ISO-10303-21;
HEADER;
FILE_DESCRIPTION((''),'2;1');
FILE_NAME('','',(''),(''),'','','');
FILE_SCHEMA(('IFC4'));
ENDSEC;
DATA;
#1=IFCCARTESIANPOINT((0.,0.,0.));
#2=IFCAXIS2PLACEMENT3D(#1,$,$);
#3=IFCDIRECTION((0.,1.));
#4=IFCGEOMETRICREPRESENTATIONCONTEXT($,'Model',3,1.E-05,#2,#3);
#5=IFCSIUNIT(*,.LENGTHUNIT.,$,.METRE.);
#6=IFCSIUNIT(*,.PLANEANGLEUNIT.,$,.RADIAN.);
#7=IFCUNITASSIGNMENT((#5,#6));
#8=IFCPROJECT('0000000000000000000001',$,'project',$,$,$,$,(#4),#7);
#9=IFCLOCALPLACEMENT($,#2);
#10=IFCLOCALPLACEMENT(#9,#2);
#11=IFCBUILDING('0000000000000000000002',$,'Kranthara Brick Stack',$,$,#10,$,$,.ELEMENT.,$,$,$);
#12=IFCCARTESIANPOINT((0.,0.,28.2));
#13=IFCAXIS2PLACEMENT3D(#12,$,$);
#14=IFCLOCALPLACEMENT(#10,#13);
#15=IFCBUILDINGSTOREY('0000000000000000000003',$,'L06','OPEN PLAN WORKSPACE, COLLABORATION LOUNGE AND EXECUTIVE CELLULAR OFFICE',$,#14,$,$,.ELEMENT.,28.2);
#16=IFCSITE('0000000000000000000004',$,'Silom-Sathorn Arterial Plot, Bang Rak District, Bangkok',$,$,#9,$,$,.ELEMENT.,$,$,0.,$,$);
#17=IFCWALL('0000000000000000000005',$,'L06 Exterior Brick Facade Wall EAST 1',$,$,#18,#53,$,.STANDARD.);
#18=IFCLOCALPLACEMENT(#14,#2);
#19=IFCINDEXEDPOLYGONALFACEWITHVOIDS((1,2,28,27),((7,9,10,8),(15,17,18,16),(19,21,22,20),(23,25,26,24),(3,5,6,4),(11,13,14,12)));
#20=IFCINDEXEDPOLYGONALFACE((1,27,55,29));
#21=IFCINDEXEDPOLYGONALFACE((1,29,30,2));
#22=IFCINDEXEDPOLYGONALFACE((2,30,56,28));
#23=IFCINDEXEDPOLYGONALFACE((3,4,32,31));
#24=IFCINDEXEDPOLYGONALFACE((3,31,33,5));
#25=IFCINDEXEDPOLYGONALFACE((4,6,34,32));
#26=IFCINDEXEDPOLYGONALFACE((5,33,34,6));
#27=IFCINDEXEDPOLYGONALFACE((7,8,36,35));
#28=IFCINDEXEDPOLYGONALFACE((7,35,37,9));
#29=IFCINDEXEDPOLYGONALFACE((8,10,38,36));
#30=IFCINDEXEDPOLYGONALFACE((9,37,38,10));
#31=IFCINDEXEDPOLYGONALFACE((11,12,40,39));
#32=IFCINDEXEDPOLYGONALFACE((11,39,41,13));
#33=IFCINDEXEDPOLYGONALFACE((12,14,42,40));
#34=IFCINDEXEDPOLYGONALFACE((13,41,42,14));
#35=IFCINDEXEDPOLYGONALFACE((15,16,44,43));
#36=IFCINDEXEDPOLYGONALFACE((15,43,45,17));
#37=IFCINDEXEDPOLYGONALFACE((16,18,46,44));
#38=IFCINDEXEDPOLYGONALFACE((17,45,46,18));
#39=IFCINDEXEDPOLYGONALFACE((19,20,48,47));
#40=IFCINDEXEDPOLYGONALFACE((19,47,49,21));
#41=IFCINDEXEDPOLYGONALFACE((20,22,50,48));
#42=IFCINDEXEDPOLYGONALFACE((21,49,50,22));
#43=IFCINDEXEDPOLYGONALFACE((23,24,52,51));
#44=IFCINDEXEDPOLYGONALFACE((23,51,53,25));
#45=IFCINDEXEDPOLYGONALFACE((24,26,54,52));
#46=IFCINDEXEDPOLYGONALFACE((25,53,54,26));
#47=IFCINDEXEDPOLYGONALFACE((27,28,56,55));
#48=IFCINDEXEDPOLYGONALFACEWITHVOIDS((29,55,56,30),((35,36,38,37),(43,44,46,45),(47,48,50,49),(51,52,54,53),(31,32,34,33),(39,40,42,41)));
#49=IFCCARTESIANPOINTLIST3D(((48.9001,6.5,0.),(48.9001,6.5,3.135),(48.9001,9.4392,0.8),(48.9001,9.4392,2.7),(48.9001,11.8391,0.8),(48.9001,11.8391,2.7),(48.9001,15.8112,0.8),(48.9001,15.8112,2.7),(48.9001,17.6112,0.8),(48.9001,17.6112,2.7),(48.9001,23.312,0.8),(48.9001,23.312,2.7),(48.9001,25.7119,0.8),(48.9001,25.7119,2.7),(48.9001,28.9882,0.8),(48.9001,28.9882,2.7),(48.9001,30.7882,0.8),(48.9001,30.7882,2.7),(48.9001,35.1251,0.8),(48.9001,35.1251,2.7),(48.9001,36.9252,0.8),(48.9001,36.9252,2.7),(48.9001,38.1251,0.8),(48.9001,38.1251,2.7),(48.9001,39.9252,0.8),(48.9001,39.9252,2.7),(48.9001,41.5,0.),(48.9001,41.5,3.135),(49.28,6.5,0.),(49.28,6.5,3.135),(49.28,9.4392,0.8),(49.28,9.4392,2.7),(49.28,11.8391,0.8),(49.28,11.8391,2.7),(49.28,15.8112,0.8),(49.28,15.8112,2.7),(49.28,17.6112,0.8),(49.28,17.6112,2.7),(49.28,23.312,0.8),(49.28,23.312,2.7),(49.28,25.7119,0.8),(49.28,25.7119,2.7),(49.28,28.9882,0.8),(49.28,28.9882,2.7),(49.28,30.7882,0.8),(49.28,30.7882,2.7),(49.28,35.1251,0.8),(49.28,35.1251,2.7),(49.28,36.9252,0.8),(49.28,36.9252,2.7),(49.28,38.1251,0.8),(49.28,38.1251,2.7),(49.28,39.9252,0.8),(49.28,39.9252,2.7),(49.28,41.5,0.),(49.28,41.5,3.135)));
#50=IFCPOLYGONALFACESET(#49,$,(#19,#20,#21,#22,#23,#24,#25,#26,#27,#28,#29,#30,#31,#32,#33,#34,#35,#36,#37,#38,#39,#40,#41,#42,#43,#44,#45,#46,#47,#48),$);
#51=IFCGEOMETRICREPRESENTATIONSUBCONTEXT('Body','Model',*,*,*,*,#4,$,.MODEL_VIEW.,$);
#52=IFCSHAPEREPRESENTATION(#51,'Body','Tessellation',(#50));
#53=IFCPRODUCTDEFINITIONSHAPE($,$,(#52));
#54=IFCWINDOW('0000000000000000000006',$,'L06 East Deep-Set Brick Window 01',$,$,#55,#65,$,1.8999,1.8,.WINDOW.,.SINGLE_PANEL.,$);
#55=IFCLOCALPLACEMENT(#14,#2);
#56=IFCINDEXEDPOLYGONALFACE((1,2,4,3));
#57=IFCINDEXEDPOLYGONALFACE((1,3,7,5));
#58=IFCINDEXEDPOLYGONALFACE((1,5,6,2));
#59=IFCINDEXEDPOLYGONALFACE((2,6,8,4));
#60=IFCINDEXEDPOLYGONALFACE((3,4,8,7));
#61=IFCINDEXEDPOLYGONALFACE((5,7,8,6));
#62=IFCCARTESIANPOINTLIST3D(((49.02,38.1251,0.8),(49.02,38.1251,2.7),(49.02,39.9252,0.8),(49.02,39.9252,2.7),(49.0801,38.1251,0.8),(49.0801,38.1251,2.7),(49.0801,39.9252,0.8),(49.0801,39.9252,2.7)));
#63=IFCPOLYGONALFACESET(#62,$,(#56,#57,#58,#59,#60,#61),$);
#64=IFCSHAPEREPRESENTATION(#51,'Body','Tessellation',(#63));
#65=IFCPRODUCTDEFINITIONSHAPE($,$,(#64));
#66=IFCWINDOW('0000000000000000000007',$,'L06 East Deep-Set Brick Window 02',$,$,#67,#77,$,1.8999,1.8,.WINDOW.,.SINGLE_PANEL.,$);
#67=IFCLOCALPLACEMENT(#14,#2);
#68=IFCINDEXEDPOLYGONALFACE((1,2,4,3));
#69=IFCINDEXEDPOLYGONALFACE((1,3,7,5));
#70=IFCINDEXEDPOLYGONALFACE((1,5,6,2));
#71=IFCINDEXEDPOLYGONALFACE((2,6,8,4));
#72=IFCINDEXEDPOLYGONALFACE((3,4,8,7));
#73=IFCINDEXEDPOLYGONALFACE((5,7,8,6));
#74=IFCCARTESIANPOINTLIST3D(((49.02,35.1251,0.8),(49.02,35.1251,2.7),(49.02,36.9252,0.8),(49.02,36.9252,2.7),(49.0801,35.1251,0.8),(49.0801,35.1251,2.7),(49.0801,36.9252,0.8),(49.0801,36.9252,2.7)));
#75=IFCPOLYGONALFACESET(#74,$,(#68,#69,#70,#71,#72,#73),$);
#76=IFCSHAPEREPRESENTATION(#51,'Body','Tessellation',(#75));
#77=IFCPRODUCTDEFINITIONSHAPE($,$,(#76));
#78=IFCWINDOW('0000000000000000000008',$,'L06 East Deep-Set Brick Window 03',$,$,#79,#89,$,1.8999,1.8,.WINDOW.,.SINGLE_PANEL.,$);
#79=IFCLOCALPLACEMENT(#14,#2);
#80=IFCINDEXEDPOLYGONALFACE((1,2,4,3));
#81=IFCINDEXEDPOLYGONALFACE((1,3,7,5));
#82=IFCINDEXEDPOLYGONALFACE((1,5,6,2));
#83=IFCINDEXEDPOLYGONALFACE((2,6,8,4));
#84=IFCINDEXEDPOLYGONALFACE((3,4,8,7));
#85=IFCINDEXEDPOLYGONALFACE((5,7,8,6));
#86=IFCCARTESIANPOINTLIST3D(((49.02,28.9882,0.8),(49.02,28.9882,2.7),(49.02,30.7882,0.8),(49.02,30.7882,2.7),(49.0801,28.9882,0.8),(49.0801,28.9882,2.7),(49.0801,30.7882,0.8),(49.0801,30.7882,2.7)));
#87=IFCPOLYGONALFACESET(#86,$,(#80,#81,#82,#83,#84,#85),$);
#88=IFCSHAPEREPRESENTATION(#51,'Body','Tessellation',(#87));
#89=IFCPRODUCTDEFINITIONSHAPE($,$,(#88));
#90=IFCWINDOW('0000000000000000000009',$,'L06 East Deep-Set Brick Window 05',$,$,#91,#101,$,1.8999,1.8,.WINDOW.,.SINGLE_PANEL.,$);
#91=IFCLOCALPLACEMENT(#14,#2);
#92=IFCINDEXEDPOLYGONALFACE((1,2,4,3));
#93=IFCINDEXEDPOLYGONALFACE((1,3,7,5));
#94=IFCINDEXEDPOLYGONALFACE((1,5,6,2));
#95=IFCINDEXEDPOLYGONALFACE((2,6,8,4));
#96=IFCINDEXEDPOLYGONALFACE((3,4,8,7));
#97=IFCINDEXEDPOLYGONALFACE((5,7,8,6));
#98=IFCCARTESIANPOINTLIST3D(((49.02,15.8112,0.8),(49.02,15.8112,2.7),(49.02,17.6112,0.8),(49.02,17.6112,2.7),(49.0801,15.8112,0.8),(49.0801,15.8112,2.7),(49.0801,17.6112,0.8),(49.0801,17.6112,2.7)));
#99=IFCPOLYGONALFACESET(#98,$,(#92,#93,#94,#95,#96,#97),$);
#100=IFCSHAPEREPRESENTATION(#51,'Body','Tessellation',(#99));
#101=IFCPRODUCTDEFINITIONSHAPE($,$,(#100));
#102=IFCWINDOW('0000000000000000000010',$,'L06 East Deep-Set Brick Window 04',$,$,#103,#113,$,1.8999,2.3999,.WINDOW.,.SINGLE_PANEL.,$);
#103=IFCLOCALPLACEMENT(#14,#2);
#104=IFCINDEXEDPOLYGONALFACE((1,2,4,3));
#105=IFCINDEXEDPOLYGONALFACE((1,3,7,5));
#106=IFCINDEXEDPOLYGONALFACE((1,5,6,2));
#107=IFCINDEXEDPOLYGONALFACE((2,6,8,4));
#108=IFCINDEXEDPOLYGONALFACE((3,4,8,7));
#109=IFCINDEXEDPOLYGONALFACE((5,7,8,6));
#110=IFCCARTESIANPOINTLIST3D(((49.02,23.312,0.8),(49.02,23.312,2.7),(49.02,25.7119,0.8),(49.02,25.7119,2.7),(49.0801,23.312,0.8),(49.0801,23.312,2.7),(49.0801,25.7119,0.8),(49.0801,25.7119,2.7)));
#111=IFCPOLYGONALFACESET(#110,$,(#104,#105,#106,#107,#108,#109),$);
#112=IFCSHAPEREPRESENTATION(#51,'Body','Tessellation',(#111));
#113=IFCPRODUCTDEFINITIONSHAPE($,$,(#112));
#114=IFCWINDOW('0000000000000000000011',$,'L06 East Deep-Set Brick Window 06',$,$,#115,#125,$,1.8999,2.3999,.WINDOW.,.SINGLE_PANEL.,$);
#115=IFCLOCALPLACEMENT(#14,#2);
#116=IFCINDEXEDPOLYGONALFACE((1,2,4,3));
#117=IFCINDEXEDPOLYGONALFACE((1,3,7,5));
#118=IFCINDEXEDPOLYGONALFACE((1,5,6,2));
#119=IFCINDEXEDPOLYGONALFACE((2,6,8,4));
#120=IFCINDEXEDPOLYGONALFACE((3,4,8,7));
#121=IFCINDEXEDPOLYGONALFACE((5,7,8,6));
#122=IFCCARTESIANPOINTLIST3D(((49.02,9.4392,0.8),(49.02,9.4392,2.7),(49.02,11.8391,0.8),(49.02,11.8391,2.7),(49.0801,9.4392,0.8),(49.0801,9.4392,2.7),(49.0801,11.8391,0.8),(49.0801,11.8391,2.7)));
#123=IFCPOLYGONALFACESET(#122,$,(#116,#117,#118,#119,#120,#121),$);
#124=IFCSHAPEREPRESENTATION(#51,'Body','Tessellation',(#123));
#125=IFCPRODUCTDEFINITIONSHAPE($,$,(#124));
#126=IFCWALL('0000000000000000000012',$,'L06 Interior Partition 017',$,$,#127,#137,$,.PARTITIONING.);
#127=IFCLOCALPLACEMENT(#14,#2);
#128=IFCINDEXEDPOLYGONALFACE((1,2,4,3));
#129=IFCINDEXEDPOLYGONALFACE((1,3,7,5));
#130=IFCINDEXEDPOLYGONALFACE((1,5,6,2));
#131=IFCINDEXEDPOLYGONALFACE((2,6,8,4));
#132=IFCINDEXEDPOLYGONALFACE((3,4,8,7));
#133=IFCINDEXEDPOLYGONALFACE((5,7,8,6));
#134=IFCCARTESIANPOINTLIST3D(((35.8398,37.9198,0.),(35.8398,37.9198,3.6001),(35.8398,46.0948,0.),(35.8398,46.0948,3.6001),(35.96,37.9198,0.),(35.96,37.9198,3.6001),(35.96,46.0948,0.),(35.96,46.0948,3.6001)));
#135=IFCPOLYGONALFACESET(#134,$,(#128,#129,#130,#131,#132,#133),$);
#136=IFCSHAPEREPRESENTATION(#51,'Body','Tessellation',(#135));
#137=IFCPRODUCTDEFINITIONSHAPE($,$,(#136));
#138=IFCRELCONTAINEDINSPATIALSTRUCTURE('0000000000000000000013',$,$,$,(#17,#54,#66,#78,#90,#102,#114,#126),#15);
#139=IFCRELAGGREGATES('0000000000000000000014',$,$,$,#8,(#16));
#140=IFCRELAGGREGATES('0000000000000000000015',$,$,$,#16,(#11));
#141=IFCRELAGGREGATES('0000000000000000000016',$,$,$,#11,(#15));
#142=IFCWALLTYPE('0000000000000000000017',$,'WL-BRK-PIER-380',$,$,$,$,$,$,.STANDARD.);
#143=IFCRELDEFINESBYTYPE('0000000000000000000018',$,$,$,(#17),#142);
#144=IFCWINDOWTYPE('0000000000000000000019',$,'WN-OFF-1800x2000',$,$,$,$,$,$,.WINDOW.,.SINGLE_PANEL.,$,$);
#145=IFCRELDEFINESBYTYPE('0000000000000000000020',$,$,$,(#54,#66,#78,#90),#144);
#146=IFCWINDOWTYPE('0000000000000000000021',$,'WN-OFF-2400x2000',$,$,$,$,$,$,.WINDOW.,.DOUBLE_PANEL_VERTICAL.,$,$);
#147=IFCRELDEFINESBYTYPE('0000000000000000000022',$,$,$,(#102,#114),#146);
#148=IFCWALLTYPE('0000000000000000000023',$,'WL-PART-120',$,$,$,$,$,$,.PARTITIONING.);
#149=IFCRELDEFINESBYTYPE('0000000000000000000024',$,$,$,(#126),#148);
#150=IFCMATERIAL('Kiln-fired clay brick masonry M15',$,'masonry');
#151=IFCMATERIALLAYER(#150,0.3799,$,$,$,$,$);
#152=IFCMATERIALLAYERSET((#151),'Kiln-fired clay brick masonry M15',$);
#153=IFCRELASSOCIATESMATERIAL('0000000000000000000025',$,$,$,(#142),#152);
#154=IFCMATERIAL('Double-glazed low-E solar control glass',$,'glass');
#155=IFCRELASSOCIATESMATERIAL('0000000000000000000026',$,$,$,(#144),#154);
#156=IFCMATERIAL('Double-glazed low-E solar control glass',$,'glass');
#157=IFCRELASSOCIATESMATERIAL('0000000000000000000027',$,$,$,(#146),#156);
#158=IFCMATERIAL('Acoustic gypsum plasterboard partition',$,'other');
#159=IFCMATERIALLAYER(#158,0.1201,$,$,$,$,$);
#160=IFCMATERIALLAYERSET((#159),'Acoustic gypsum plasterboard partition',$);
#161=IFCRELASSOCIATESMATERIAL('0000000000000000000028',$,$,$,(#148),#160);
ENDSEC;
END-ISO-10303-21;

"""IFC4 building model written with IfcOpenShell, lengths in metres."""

from ifc_helpers import new_model, si_unit, direction, frame, frame_2d, origin, place, context, subcontext, project, spatial, rectangle, extrude, material, layer, layer_set, type_object, element, fill, save


model = new_model("IFC4")

# Units and contexts
model_context = context("Model", 3, precision=1e-05, world=origin(), true_north=direction((0.0, 1.0)))
body_context = subcontext(model_context, "Body", "Model", "MODEL_VIEW")
ifc_project = project(units=[si_unit("LENGTHUNIT", "METRE"), si_unit("PLANEANGLEUNIT", "RADIAN")], contexts=[model_context])

# Site, building, storey
site_placement = place(None, origin())
site = spatial("IfcSite", under=ifc_project, at=site_placement, Name="Silom-Sathorn Arterial Plot, Bang Rak District, Bangkok", CompositionType="ELEMENT", RefElevation=0.0)
building_placement = place(site_placement, origin())
building = spatial("IfcBuilding", under=site, at=building_placement, Name="Kranthara Brick Stack", CompositionType="ELEMENT")
storey_placement = place(building_placement, frame((0.0, 0.0, 28.2)))
storey = spatial("IfcBuildingStorey", under=building, at=storey_placement, Name="L06", Description="OPEN PLAN WORKSPACE, COLLABORATION LOUNGE AND EXECUTIVE CELLULAR OFFICE", CompositionType="ELEMENT", Elevation=28.2)

# Shared definitions
ifc_material_1 = material(Name="Kiln-fired clay brick masonry M15", Category="masonry")
ifc_layer_1 = layer(ifc_material_1, 0.3799)
ifc_layer_set_1 = layer_set([ifc_layer_1], Name="Kiln-fired clay brick masonry M15")
wall_type_1 = type_object("IfcWallType", Name="WL-BRK-PIER-380", PredefinedType="STANDARD", material=ifc_layer_set_1)

# Wall, openings, windows
wall_1_placement = place(storey_placement, frame((49.0901, 41.5, 0.0), z_axis=(0.0, 0.0, 1.0), x_axis=(0.0, -1.0, 0.0)))
wall_1 = element("IfcWall", 1, at=wall_1_placement, inside=storey, type_object=wall_type_1, Name="L06 Exterior Brick Facade Wall EAST 1", PredefinedType="STANDARD", context=body_context, shape_type="SweptSolid", body=[
    extrude(rectangle(XDim=35.0, YDim=0.3799, at=frame_2d((17.5, 0.0))), origin(), (0.0, 0.0, 1.0), 3.135),
])
opening_1_placement = place(wall_1_placement, frame((1.575, 0.0, 0.8)))
opening_1 = element("IfcOpeningElement", 2, at=opening_1_placement, cuts=wall_1, PredefinedType="OPENING", context=body_context, shape_type="SweptSolid", body=[
    extrude(rectangle(XDim=1.8, YDim=1.8999, at=frame_2d((0.8999, 0.95))), frame((0.0, 0.2, 0.0), z_axis=(0.0, -1.0, 0.0), x_axis=(1.0, 0.0, 0.0)), (0.0, 0.0, 1.0), 0.3999),
])
opening_2_placement = place(wall_1_placement, frame((4.575, 0.0, 0.8)))
opening_2 = element("IfcOpeningElement", 3, at=opening_2_placement, cuts=wall_1, PredefinedType="OPENING", context=body_context, shape_type="SweptSolid", body=[
    extrude(rectangle(XDim=1.8, YDim=1.8999, at=frame_2d((0.8999, 0.95))), frame((0.0, 0.2, 0.0), z_axis=(0.0, -1.0, 0.0), x_axis=(1.0, 0.0, 0.0)), (0.0, 0.0, 1.0), 0.3999),
])
opening_3_placement = place(wall_1_placement, frame((10.7119, 0.0, 0.8)))
opening_3 = element("IfcOpeningElement", 4, at=opening_3_placement, cuts=wall_1, PredefinedType="OPENING", context=body_context, shape_type="SweptSolid", body=[
    extrude(rectangle(XDim=1.8, YDim=1.8999, at=frame_2d((0.8999, 0.95))), frame((0.0, 0.2, 0.0), z_axis=(0.0, -1.0, 0.0), x_axis=(1.0, 0.0, 0.0)), (0.0, 0.0, 1.0), 0.3999),
])
opening_4_placement = place(wall_1_placement, frame((15.7881, 0.0, 0.8)))
opening_4 = element("IfcOpeningElement", 5, at=opening_4_placement, cuts=wall_1, PredefinedType="OPENING", context=body_context, shape_type="SweptSolid", body=[
    extrude(rectangle(XDim=2.3999, YDim=1.8999, at=frame_2d((1.2, 0.95))), frame((0.0, 0.2, 0.0), z_axis=(0.0, -1.0, 0.0), x_axis=(1.0, 0.0, 0.0)), (0.0, 0.0, 1.0), 0.3999),
])
opening_5_placement = place(wall_1_placement, frame((23.8889, 0.0, 0.8)))
opening_5 = element("IfcOpeningElement", 6, at=opening_5_placement, cuts=wall_1, PredefinedType="OPENING", context=body_context, shape_type="SweptSolid", body=[
    extrude(rectangle(XDim=1.8, YDim=1.8999, at=frame_2d((0.8999, 0.95))), frame((0.0, 0.2, 0.0), z_axis=(0.0, -1.0, 0.0), x_axis=(1.0, 0.0, 0.0)), (0.0, 0.0, 1.0), 0.3999),
])
opening_6_placement = place(wall_1_placement, frame((29.6609, 0.0, 0.8)))
opening_6 = element("IfcOpeningElement", 7, at=opening_6_placement, cuts=wall_1, PredefinedType="OPENING", context=body_context, shape_type="SweptSolid", body=[
    extrude(rectangle(XDim=2.3999, YDim=1.8999, at=frame_2d((1.2, 0.95))), frame((0.0, 0.2, 0.0), z_axis=(0.0, -1.0, 0.0), x_axis=(1.0, 0.0, 0.0)), (0.0, 0.0, 1.0), 0.3999),
])
ifc_material_2 = material(Name="Double-glazed low-E solar control glass", Category="glass")
window_type_1 = type_object("IfcWindowType", Name="WN-OFF-1800x2000", PartitioningType="SINGLE_PANEL", PredefinedType="WINDOW", material=ifc_material_2)
window_1_placement = place(opening_1_placement, origin())
window_1 = element("IfcWindow", 8, at=window_1_placement, inside=storey, type_object=window_type_1, Name="L06 East Deep-Set Brick Window 01", OverallHeight=1.8999, OverallWidth=1.8, PartitioningType="SINGLE_PANEL", PredefinedType="WINDOW", context=body_context, shape_type="SweptSolid", body=[
    extrude(rectangle(XDim=1.8, YDim=1.8999, at=frame_2d((0.8999, 0.95))), frame((0.0, -0.01, 0.0), z_axis=(0.0, -1.0, 0.0), x_axis=(1.0, 0.0, 0.0)), (0.0, 0.0, 1.0), 0.0601),
])
fill(opening_1, window_1)
window_2_placement = place(opening_2_placement, origin())
window_2 = element("IfcWindow", 9, at=window_2_placement, inside=storey, type_object=window_type_1, Name="L06 East Deep-Set Brick Window 02", OverallHeight=1.8999, OverallWidth=1.8, PartitioningType="SINGLE_PANEL", PredefinedType="WINDOW", context=body_context, shape_type="SweptSolid", body=[
    extrude(rectangle(XDim=1.8, YDim=1.8999, at=frame_2d((0.8999, 0.95))), frame((0.0, -0.01, 0.0), z_axis=(0.0, -1.0, 0.0), x_axis=(1.0, 0.0, 0.0)), (0.0, 0.0, 1.0), 0.0601),
])
fill(opening_2, window_2)
window_3_placement = place(opening_3_placement, origin())
window_3 = element("IfcWindow", 10, at=window_3_placement, inside=storey, type_object=window_type_1, Name="L06 East Deep-Set Brick Window 03", OverallHeight=1.8999, OverallWidth=1.8, PartitioningType="SINGLE_PANEL", PredefinedType="WINDOW", context=body_context, shape_type="SweptSolid", body=[
    extrude(rectangle(XDim=1.8, YDim=1.8999, at=frame_2d((0.8999, 0.95))), frame((0.0, -0.01, 0.0), z_axis=(0.0, -1.0, 0.0), x_axis=(1.0, 0.0, 0.0)), (0.0, 0.0, 1.0), 0.0601),
])
fill(opening_3, window_3)
window_4_placement = place(opening_5_placement, origin())
window_4 = element("IfcWindow", 11, at=window_4_placement, inside=storey, type_object=window_type_1, Name="L06 East Deep-Set Brick Window 05", OverallHeight=1.8999, OverallWidth=1.8, PartitioningType="SINGLE_PANEL", PredefinedType="WINDOW", context=body_context, shape_type="SweptSolid", body=[
    extrude(rectangle(XDim=1.8, YDim=1.8999, at=frame_2d((0.8999, 0.95))), frame((0.0, -0.01, 0.0), z_axis=(0.0, -1.0, 0.0), x_axis=(1.0, 0.0, 0.0)), (0.0, 0.0, 1.0), 0.0601),
])
fill(opening_5, window_4)
ifc_material_3 = material(Name="Double-glazed low-E solar control glass", Category="glass")
window_type_2 = type_object("IfcWindowType", Name="WN-OFF-2400x2000", PartitioningType="DOUBLE_PANEL_VERTICAL", PredefinedType="WINDOW", material=ifc_material_3)
window_5_placement = place(opening_4_placement, origin())
window_5 = element("IfcWindow", 12, at=window_5_placement, inside=storey, type_object=window_type_2, Name="L06 East Deep-Set Brick Window 04", OverallHeight=1.8999, OverallWidth=2.3999, PartitioningType="SINGLE_PANEL", PredefinedType="WINDOW", context=body_context, shape_type="SweptSolid", body=[
    extrude(rectangle(XDim=2.3999, YDim=1.8999, at=frame_2d((1.2, 0.95))), frame((0.0, -0.01, 0.0), z_axis=(0.0, -1.0, 0.0), x_axis=(1.0, 0.0, 0.0)), (0.0, 0.0, 1.0), 0.0601),
])
fill(opening_4, window_5)
window_6_placement = place(opening_6_placement, origin())
window_6 = element("IfcWindow", 13, at=window_6_placement, inside=storey, type_object=window_type_2, Name="L06 East Deep-Set Brick Window 06", OverallHeight=1.8999, OverallWidth=2.3999, PartitioningType="SINGLE_PANEL", PredefinedType="WINDOW", context=body_context, shape_type="SweptSolid", body=[
    extrude(rectangle(XDim=2.3999, YDim=1.8999, at=frame_2d((1.2, 0.95))), frame((0.0, -0.01, 0.0), z_axis=(0.0, -1.0, 0.0), x_axis=(1.0, 0.0, 0.0)), (0.0, 0.0, 1.0), 0.0601),
])
fill(opening_6, window_6)

# Wall
ifc_material_4 = material(Name="Acoustic gypsum plasterboard partition", Category="other")
ifc_layer_2 = layer(ifc_material_4, 0.1201)
ifc_layer_set_2 = layer_set([ifc_layer_2], Name="Acoustic gypsum plasterboard partition")
wall_type_2 = type_object("IfcWallType", Name="WL-PART-120", PredefinedType="PARTITIONING", material=ifc_layer_set_2)
wall_2_placement = place(storey_placement, frame((35.8999, 37.9199, 0.0), z_axis=(0.0, 0.0, 1.0), x_axis=(0.0, 1.0, 0.0)))
element("IfcWall", 14, at=wall_2_placement, inside=storey, type_object=wall_type_2, Name="L06 Interior Partition 017", PredefinedType="PARTITIONING", context=body_context, shape_type="SweptSolid", body=[
    extrude(rectangle(XDim=8.175, YDim=0.1201, at=frame_2d((4.0874, 0.0))), origin(), (0.0, 0.0, 1.0), 3.6001),
])

save(model, "model.ifc")
